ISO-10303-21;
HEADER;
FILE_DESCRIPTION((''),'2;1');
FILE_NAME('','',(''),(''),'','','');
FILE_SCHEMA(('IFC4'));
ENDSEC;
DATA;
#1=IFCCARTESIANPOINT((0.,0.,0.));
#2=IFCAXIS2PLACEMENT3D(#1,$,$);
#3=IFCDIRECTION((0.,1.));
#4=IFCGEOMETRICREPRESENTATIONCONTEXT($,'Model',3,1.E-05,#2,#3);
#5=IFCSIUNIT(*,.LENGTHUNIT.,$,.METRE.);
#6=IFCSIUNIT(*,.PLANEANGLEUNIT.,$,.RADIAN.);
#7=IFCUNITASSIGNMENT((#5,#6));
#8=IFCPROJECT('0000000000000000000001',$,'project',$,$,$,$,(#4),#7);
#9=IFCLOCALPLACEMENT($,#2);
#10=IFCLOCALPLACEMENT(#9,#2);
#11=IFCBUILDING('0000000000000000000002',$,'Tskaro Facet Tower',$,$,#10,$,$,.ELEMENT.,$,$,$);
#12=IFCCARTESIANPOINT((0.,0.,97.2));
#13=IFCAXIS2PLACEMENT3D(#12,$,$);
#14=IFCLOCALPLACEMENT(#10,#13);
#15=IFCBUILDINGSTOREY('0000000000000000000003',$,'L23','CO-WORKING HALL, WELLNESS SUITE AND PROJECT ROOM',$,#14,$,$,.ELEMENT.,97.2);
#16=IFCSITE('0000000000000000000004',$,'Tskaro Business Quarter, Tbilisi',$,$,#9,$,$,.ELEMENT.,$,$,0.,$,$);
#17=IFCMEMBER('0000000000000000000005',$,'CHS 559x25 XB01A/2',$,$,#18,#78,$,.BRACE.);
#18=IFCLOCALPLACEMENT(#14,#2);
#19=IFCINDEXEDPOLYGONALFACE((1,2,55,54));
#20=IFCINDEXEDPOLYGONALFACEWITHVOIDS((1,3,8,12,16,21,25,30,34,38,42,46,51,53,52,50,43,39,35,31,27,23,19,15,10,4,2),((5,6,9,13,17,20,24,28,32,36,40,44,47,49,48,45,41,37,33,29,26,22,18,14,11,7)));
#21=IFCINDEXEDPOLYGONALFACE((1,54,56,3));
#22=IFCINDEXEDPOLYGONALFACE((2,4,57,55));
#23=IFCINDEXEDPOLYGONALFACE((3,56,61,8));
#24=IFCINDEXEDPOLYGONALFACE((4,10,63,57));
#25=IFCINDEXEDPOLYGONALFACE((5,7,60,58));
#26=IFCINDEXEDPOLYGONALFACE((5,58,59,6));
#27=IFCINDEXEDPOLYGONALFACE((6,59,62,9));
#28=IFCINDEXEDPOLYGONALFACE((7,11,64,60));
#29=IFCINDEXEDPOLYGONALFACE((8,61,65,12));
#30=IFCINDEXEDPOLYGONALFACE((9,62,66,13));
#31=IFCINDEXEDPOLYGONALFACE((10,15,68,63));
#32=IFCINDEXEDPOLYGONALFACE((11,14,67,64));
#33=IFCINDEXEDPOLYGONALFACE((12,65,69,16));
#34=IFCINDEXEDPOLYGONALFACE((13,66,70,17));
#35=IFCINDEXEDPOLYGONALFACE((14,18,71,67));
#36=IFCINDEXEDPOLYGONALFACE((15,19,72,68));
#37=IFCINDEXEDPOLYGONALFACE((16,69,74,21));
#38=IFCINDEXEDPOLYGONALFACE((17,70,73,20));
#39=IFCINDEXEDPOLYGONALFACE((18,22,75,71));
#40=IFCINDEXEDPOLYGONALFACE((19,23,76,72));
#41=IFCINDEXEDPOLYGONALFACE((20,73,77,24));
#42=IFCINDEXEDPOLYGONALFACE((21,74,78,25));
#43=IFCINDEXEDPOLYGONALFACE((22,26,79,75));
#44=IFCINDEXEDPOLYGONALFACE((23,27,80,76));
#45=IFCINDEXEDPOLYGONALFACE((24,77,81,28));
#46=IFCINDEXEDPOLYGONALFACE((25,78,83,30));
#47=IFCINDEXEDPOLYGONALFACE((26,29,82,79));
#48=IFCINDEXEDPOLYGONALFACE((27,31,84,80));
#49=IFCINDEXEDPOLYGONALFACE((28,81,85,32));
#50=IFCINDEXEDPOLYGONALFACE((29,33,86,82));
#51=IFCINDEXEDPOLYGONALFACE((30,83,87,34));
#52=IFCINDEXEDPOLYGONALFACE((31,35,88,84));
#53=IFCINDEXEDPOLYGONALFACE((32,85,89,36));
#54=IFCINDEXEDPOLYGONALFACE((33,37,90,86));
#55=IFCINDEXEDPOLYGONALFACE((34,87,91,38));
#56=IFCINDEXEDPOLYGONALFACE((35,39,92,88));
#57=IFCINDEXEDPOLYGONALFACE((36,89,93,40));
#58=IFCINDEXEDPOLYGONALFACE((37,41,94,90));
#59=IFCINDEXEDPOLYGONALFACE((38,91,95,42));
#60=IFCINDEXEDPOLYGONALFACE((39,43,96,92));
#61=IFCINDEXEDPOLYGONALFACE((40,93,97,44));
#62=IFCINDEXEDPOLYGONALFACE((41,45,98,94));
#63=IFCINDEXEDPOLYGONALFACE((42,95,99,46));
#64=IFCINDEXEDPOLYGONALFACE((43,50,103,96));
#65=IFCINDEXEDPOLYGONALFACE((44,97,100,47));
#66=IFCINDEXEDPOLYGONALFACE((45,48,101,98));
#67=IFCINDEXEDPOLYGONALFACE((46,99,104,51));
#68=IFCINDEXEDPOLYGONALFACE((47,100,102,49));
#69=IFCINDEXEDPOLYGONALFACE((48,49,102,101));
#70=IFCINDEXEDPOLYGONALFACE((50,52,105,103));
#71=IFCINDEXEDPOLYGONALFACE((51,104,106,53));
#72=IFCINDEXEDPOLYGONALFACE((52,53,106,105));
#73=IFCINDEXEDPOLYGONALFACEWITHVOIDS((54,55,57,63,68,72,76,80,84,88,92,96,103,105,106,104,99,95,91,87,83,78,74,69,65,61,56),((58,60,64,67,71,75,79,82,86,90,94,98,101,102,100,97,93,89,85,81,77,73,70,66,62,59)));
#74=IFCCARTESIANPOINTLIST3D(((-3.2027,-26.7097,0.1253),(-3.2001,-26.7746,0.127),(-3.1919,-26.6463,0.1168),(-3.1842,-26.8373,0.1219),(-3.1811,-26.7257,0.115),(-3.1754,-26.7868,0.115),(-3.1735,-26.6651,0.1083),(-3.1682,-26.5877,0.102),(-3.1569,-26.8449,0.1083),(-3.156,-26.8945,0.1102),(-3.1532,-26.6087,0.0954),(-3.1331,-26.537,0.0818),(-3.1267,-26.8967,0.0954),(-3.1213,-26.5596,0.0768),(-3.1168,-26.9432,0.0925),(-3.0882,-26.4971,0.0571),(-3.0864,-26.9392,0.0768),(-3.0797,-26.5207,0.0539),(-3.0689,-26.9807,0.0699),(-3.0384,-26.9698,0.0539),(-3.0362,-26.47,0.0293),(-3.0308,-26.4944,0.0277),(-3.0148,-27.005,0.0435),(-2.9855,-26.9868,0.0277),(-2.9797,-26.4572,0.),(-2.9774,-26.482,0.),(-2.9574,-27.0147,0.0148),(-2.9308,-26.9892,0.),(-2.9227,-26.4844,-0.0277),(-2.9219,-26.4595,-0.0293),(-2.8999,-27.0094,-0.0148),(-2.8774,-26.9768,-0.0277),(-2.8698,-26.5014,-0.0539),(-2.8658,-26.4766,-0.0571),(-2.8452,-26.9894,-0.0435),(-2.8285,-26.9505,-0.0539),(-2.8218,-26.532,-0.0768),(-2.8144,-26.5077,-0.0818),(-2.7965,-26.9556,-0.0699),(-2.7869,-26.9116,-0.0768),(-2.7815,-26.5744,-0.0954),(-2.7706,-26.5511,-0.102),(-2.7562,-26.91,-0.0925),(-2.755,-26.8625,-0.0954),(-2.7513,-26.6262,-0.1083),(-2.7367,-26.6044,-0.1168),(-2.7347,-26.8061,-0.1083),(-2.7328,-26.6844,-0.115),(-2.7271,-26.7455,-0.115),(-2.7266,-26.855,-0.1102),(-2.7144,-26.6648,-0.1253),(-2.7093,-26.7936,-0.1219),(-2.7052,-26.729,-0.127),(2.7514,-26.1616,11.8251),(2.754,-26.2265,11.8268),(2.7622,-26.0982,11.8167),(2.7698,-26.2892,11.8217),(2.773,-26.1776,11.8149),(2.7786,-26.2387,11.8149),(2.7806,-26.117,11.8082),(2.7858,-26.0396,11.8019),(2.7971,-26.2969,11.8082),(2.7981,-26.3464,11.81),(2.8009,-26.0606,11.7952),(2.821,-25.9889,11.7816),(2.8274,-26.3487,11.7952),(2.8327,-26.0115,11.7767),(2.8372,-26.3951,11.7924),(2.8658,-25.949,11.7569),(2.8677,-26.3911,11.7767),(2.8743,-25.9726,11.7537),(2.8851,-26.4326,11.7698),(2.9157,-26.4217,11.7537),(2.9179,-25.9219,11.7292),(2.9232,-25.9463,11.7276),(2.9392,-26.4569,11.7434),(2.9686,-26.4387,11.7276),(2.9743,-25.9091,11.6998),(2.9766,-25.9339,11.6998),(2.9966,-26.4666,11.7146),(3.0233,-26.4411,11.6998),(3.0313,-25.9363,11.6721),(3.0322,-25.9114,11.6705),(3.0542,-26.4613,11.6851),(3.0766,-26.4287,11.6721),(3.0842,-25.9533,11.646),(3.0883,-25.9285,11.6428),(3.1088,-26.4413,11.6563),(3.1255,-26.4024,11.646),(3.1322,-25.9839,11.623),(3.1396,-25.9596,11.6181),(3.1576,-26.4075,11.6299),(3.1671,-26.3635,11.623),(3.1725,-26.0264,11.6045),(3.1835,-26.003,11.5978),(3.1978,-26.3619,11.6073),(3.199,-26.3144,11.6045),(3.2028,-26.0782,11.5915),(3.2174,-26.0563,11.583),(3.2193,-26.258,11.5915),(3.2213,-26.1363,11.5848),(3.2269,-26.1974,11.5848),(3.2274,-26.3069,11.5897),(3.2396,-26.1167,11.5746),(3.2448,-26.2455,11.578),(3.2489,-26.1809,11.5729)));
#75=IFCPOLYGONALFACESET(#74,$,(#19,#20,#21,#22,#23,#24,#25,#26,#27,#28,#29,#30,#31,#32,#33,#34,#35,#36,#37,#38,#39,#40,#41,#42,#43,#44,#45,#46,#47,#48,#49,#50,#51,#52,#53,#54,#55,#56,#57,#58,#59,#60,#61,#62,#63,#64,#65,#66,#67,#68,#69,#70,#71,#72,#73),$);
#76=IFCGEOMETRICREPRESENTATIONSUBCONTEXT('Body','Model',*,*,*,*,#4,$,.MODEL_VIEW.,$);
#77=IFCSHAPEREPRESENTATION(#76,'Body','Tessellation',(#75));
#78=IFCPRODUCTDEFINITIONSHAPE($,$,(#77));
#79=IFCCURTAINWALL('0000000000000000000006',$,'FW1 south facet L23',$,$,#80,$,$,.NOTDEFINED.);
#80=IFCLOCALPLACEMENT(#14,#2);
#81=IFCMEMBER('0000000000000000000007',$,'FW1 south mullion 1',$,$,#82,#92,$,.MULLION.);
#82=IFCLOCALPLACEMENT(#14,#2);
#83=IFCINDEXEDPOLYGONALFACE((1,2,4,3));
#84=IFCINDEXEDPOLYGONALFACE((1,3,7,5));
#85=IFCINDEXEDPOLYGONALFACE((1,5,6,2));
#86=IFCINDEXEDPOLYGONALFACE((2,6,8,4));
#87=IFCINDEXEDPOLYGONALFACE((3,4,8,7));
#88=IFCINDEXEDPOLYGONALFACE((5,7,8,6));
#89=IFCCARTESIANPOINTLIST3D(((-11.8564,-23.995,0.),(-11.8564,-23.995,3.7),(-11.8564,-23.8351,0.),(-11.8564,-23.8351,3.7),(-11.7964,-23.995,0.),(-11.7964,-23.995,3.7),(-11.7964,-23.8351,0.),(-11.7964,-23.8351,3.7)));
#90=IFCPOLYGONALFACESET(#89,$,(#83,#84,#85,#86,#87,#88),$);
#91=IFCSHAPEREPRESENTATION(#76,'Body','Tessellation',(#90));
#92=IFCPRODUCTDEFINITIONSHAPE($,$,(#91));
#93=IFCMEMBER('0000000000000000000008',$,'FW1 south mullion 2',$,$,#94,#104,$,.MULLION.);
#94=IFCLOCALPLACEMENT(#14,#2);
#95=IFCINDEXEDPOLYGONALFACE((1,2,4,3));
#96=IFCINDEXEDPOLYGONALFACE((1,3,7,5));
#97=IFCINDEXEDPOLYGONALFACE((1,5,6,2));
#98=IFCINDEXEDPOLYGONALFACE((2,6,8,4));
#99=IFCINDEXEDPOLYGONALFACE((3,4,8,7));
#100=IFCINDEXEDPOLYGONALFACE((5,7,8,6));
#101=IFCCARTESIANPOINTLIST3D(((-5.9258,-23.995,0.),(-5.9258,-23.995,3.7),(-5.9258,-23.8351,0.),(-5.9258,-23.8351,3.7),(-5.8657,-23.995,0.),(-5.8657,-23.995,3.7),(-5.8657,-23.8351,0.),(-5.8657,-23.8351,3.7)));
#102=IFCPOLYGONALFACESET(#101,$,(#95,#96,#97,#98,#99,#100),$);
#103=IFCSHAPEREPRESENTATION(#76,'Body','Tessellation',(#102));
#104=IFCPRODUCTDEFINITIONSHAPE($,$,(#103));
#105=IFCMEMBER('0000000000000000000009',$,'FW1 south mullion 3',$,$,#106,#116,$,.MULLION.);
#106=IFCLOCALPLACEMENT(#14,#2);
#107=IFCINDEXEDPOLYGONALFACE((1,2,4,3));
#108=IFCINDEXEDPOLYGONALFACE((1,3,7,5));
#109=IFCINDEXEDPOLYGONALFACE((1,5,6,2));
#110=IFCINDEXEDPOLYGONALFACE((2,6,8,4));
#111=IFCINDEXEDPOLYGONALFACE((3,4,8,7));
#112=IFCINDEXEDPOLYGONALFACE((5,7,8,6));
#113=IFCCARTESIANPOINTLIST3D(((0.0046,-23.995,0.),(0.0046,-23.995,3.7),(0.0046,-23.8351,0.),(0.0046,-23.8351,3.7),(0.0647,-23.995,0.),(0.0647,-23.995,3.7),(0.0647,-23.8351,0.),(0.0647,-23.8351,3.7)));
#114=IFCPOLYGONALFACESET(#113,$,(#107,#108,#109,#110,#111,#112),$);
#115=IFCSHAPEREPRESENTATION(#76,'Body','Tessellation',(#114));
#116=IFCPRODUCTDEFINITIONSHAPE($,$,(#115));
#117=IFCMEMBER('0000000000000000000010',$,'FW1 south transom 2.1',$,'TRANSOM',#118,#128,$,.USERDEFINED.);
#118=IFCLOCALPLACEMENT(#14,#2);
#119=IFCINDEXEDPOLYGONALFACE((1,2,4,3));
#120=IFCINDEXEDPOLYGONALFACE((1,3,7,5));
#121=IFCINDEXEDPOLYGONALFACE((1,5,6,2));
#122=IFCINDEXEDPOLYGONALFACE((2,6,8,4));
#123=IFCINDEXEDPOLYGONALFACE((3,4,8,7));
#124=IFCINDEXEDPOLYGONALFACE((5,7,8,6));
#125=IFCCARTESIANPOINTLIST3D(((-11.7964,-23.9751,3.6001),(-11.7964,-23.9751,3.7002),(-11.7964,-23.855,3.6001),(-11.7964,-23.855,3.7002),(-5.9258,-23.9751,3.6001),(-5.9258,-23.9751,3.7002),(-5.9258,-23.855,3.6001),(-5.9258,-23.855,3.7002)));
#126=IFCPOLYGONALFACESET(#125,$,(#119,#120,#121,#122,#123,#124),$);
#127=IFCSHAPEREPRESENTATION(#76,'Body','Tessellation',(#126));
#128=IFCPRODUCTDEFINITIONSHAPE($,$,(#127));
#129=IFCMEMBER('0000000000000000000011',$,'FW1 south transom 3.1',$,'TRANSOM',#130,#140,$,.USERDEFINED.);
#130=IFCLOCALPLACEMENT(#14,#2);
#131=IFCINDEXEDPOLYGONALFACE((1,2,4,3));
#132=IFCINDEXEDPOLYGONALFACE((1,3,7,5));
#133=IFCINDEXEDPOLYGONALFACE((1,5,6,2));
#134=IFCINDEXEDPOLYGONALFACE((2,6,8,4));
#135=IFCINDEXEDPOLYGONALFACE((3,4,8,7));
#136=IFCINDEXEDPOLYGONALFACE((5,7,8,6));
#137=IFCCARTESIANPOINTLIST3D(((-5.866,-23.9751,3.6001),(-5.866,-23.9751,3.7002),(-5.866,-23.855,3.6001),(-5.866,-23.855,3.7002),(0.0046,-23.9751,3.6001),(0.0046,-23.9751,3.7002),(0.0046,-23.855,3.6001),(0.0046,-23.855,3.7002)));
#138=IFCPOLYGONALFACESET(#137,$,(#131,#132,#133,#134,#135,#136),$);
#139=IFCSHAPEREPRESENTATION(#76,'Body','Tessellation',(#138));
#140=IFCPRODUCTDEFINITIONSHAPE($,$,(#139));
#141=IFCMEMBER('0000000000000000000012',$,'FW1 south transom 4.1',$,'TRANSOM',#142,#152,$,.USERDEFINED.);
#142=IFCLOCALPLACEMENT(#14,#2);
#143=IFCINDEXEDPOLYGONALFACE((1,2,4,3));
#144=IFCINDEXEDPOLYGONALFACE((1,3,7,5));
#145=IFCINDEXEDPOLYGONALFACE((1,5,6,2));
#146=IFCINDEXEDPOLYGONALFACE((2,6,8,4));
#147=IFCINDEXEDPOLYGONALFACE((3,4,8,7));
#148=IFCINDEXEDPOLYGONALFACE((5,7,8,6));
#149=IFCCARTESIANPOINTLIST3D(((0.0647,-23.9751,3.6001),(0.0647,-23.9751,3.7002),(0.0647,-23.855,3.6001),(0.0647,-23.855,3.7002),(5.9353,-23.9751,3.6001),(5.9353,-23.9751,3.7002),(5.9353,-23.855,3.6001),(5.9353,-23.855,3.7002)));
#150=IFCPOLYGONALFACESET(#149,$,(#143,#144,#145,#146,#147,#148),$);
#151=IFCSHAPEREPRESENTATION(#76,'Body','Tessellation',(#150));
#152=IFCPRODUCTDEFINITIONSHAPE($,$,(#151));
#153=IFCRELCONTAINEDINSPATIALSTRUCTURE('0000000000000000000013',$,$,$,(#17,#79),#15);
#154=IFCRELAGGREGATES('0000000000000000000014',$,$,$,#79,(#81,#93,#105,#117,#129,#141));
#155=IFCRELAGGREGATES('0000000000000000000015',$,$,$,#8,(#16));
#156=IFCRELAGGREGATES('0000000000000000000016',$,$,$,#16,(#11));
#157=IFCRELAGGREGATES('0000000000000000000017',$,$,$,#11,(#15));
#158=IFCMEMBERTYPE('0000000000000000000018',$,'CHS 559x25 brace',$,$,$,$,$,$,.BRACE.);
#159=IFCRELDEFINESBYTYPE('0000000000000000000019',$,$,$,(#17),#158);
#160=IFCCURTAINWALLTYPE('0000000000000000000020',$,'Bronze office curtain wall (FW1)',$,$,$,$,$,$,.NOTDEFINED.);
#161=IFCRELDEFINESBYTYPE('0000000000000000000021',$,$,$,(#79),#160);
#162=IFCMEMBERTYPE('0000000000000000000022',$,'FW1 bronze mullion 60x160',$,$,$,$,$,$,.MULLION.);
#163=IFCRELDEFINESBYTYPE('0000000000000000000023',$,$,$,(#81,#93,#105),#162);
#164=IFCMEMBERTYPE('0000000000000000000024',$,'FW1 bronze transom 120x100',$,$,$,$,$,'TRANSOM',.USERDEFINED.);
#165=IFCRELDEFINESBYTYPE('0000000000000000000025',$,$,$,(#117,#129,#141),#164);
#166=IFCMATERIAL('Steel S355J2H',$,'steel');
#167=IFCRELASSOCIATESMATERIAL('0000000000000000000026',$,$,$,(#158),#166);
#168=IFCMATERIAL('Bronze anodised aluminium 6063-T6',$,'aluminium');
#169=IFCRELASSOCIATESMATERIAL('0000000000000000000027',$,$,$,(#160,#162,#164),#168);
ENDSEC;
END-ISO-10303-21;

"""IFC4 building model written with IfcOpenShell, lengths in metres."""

from ifc_helpers import new_model, si_unit, direction, frame, origin, origin_2d, place, context, subcontext, project, spatial, rectangle, hollow_circle, extrude, material, material_profile, profile_set, type_object, element, aggregate, save


model = new_model("IFC4")

# Units and contexts
model_context = context("Model", 3, precision=1e-05, world=origin(), true_north=direction((0.0, 1.0)))
body_context = subcontext(model_context, "Body", "Model", "MODEL_VIEW")
ifc_project = project(units=[si_unit("LENGTHUNIT", "METRE"), si_unit("PLANEANGLEUNIT", "RADIAN")], contexts=[model_context])

# Site, building, storey
site_placement = place(None, origin())
site = spatial("IfcSite", under=ifc_project, at=site_placement, Name="Tskaro Business Quarter, Tbilisi", CompositionType="ELEMENT", RefElevation=0.0)
building_placement = place(site_placement, origin())
building = spatial("IfcBuilding", under=site, at=building_placement, Name="Tskaro Facet Tower", CompositionType="ELEMENT")
storey_placement = place(building_placement, frame((0.0, 0.0, 97.2)))
storey = spatial("IfcBuildingStorey", under=building, at=storey_placement, Name="L23", Description="CO-WORKING HALL, WELLNESS SUITE AND PROJECT ROOM", CompositionType="ELEMENT", Elevation=97.2)

# Shared definitions
ifc_material_1 = material(Name="Steel S355J2H", Category="steel")

# Member
ifc_material_profile_1 = material_profile(ifc_material_1, hollow_circle(Radius=0.2795, WallThickness=0.0249, at=origin_2d()), Name="CHS 559x25")
ifc_profile_set_1 = profile_set([ifc_material_profile_1], Name="Steel S355J2H")
member_type_1 = type_object("IfcMemberType", Name="CHS 559x25 brace", PredefinedType="BRACE", material=ifc_profile_set_1)
member_1_placement = place(storey_placement, frame((-2.9541, -26.7356, 0.0), z_axis=(0.453153, 0.041714, 0.890456), x_axis=(-0.091666, 0.99579, 0.0)))
element("IfcMember", 1, at=member_1_placement, inside=storey, type_object=member_type_1, Name="CHS 559x25 XB01A/2", PredefinedType="BRACE", context=body_context, shape_type="SweptSolid", body=[
    extrude(hollow_circle(Radius=0.2795, WallThickness=0.0249, at=origin_2d()), origin(), (0.0, 0.0, 1.0), 13.1392),
])

# Curtain wall, members
ifc_material_2 = material(Name="Bronze anodised aluminium 6063-T6", Category="aluminium")
curtain_wall_type = type_object("IfcCurtainWallType", Name="Bronze office curtain wall (FW1)", PredefinedType="NOTDEFINED", material=ifc_material_2)
curtain_wall_placement = place(storey_placement, origin())
curtain_wall = element("IfcCurtainWall", 2, at=curtain_wall_placement, inside=storey, type_object=curtain_wall_type, Name="FW1 south facet L23", PredefinedType="NOTDEFINED")
ifc_material_profile_2 = material_profile(ifc_material_2, rectangle(XDim=0.0601, YDim=0.1599, at=origin_2d()), Name="Mullion 60x160")
ifc_profile_set_2 = profile_set([ifc_material_profile_2], Name="Bronze anodised aluminium 6063-T6")
member_type_2 = type_object("IfcMemberType", Name="FW1 bronze mullion 60x160", PredefinedType="MULLION", material=ifc_profile_set_2)
member_2_placement = place(storey_placement, frame((-11.8264, -23.915, 0.0), z_axis=(0.0, 0.0, 1.0), x_axis=(1.0, 0.0, 0.0)))
member_2 = element("IfcMember", 3, at=member_2_placement, type_object=member_type_2, Name="FW1 south mullion 1", PredefinedType="MULLION", context=body_context, shape_type="SweptSolid", body=[
    extrude(rectangle(XDim=0.0601, YDim=0.1599, at=origin_2d()), origin(), (0.0, 0.0, 1.0), 3.7),
])
member_3_placement = place(storey_placement, frame((-5.8958, -23.915, 0.0), z_axis=(0.0, 0.0, 1.0), x_axis=(1.0, 0.0, 0.0)))
member_3 = element("IfcMember", 4, at=member_3_placement, type_object=member_type_2, Name="FW1 south mullion 2", PredefinedType="MULLION", context=body_context, shape_type="SweptSolid", body=[
    extrude(rectangle(XDim=0.0601, YDim=0.1599, at=origin_2d()), origin(), (0.0, 0.0, 1.0), 3.7),
])
member_4_placement = place(storey_placement, frame((0.0347, -23.915, 0.0), z_axis=(0.0, 0.0, 1.0), x_axis=(1.0, 0.0, 0.0)))
member_4 = element("IfcMember", 5, at=member_4_placement, type_object=member_type_2, Name="FW1 south mullion 3", PredefinedType="MULLION", context=body_context, shape_type="SweptSolid", body=[
    extrude(rectangle(XDim=0.0601, YDim=0.1599, at=origin_2d()), origin(), (0.0, 0.0, 1.0), 3.7),
])
ifc_material_profile_3 = material_profile(ifc_material_2, rectangle(XDim=0.1201, YDim=0.1001, at=origin_2d()), Name="Transom 120x100")
ifc_profile_set_3 = profile_set([ifc_material_profile_3], Name="Bronze anodised aluminium 6063-T6")
member_type_3 = type_object("IfcMemberType", Name="FW1 bronze transom 120x100", ElementType="TRANSOM", PredefinedType="USERDEFINED", material=ifc_profile_set_3)
member_5_placement = place(storey_placement, frame((-11.7964, -23.915, 3.6501), z_axis=(1.0, 0.0, 0.0), x_axis=(0.0, 1.0, 0.0)))
member_5 = element("IfcMember", 6, at=member_5_placement, type_object=member_type_3, Name="FW1 south transom 2.1", ObjectType="TRANSOM", PredefinedType="USERDEFINED", context=body_context, shape_type="SweptSolid", body=[
    extrude(rectangle(XDim=0.1201, YDim=0.1001, at=origin_2d()), origin(), (0.0, 0.0, 1.0), 5.8706),
])
member_6_placement = place(storey_placement, frame((-5.866, -23.915, 3.6501), z_axis=(1.0, 0.0, 0.0), x_axis=(0.0, 1.0, 0.0)))
member_6 = element("IfcMember", 7, at=member_6_placement, type_object=member_type_3, Name="FW1 south transom 3.1", ObjectType="TRANSOM", PredefinedType="USERDEFINED", context=body_context, shape_type="SweptSolid", body=[
    extrude(rectangle(XDim=0.1201, YDim=0.1001, at=origin_2d()), origin(), (0.0, 0.0, 1.0), 5.8706),
])
member_7_placement = place(storey_placement, frame((0.0647, -23.915, 3.6501), z_axis=(1.0, 0.0, 0.0), x_axis=(0.0, 1.0, 0.0)))
member_7 = element("IfcMember", 8, at=member_7_placement, type_object=member_type_3, Name="FW1 south transom 4.1", ObjectType="TRANSOM", PredefinedType="USERDEFINED", context=body_context, shape_type="SweptSolid", body=[
    extrude(rectangle(XDim=0.1201, YDim=0.1001, at=origin_2d()), origin(), (0.0, 0.0, 1.0), 5.8706),
])

aggregate(curtain_wall, [member_2, member_3, member_4, member_5, member_6, member_7])

save(model, "model.ifc")
